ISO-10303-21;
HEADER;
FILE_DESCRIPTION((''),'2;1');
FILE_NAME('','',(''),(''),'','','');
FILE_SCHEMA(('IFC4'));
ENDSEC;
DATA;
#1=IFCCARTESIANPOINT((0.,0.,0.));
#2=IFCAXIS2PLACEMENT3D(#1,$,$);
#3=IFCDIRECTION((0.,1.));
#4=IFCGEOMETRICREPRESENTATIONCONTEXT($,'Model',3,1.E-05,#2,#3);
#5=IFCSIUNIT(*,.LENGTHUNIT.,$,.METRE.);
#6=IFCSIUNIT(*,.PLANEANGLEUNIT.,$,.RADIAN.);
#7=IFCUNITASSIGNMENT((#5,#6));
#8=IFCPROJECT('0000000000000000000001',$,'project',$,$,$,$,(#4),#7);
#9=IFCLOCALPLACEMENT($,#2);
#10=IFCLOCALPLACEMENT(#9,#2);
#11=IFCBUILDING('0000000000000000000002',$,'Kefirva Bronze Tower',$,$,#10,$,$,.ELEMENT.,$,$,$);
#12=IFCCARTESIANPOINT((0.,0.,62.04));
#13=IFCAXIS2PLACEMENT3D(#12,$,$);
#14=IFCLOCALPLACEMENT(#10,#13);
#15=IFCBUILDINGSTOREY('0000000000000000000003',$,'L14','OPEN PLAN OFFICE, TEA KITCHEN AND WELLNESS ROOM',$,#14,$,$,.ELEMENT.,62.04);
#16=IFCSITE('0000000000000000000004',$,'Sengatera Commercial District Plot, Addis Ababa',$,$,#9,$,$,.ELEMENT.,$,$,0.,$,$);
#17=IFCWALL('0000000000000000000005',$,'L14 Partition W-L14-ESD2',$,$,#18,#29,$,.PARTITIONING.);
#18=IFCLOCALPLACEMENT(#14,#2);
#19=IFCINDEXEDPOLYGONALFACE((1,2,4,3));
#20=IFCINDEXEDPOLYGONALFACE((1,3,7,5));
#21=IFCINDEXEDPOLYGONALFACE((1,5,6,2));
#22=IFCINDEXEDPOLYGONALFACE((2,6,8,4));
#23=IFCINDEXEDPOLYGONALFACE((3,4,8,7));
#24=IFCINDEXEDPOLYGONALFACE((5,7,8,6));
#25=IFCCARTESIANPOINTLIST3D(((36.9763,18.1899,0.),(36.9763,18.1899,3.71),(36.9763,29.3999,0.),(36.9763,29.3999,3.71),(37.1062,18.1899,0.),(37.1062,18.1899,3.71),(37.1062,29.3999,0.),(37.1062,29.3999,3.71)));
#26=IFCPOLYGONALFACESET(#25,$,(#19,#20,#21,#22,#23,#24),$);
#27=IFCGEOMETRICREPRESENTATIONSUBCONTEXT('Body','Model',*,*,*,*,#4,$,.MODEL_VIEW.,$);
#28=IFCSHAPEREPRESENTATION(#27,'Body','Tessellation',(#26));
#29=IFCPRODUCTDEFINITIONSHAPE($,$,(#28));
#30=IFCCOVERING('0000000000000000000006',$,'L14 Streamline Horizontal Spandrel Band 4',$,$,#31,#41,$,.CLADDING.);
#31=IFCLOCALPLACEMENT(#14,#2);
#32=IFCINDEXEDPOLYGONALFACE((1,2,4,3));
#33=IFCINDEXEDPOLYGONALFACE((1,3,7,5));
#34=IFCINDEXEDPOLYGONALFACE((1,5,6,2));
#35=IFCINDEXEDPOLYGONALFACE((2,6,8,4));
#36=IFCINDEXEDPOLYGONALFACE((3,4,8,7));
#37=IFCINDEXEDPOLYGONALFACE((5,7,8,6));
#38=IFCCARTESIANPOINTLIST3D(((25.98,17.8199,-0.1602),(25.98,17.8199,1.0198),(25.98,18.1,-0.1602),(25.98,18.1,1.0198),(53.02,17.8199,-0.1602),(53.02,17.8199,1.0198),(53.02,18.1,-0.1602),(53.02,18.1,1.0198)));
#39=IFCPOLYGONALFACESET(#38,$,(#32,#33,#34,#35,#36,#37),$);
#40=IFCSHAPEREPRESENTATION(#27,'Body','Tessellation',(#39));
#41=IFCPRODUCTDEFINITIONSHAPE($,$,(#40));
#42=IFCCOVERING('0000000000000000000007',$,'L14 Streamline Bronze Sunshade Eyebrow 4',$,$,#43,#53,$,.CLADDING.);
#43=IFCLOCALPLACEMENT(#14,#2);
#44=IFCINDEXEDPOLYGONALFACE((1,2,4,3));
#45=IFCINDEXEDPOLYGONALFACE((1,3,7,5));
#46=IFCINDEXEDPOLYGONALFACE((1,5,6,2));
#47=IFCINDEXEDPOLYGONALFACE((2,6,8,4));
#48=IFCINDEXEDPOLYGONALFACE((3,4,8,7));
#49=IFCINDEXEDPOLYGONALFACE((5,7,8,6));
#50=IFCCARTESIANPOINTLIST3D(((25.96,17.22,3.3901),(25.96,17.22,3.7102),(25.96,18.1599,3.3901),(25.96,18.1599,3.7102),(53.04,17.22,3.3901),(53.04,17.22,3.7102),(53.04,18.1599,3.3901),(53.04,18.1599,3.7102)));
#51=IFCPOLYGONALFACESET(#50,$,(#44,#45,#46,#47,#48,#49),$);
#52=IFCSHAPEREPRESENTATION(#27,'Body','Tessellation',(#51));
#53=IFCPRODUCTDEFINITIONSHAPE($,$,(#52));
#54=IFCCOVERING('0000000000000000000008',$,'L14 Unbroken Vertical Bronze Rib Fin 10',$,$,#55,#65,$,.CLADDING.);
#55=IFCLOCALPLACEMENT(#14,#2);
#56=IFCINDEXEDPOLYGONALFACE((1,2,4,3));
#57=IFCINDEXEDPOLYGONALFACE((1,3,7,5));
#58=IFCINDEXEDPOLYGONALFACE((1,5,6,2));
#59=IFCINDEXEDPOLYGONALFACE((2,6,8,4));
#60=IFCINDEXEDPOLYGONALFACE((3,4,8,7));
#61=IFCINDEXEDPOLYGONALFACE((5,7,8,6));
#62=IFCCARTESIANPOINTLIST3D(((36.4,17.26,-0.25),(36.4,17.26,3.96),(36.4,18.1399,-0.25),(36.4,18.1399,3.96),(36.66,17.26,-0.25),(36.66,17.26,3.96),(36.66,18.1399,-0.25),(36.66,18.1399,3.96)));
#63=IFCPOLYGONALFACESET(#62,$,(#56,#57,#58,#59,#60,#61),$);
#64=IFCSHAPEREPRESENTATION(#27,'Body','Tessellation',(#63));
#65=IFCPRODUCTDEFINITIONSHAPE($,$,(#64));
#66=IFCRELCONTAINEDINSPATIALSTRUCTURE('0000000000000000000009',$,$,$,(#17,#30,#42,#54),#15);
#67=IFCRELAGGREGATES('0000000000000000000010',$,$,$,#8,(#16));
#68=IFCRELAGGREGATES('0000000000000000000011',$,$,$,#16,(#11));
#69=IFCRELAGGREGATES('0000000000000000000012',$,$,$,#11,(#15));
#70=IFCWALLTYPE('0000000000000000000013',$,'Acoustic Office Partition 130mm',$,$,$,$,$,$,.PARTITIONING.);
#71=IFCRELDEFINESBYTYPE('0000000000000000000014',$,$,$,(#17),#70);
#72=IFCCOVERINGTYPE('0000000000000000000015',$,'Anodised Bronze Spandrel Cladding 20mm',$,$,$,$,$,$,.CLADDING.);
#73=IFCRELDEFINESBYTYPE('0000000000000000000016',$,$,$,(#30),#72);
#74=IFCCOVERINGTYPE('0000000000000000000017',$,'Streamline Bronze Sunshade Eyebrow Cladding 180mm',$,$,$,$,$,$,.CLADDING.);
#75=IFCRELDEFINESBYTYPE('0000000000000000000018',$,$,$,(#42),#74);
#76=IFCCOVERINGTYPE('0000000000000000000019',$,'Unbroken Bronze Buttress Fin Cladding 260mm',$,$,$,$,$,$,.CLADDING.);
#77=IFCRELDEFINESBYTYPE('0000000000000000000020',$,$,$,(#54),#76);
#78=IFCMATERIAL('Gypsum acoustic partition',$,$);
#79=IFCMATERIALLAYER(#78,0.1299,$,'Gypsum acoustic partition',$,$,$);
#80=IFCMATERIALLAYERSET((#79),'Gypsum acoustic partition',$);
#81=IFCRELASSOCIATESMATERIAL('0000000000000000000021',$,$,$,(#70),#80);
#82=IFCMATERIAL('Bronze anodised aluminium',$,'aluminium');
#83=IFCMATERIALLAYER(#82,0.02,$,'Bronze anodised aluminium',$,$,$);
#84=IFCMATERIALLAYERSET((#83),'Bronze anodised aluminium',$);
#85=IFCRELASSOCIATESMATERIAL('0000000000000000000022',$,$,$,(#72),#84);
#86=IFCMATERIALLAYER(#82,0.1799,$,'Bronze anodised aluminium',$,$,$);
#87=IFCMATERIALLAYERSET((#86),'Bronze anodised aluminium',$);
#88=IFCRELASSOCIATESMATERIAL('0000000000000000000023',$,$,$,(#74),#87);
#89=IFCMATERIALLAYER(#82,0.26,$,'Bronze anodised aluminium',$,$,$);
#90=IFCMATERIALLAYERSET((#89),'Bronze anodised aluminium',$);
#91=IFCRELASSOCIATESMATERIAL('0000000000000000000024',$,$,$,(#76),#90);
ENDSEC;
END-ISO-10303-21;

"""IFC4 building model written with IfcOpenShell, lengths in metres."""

from ifc_helpers import new_model, si_unit, direction, frame, frame_2d, origin, origin_2d, place, context, subcontext, project, spatial, rectangle, extrude, material, layer, layer_set, type_object, element, save


model = new_model("IFC4")

# Units and contexts
model_context = context("Model", 3, precision=1e-05, world=origin(), true_north=direction((0.0, 1.0)))
body_context = subcontext(model_context, "Body", "Model", "MODEL_VIEW")
ifc_project = project(units=[si_unit("LENGTHUNIT", "METRE"), si_unit("PLANEANGLEUNIT", "RADIAN")], contexts=[model_context])

# Site, building, storey
site_placement = place(None, origin())
site = spatial("IfcSite", under=ifc_project, at=site_placement, Name="Sengatera Commercial District Plot, Addis Ababa", CompositionType="ELEMENT", RefElevation=0.0)
building_placement = place(site_placement, origin())
building = spatial("IfcBuilding", under=site, at=building_placement, Name="Kefirva Bronze Tower", CompositionType="ELEMENT")
storey_placement = place(building_placement, frame((0.0, 0.0, 62.04)))
storey = spatial("IfcBuildingStorey", under=building, at=storey_placement, Name="L14", Description="OPEN PLAN OFFICE, TEA KITCHEN AND WELLNESS ROOM", CompositionType="ELEMENT", Elevation=62.04)

# Shared definitions
ifc_material_1 = material(Name="Bronze anodised aluminium", Category="aluminium")

# Wall
ifc_material_2 = material(Name="Gypsum acoustic partition")
ifc_layer_1 = layer(ifc_material_2, 0.1299, Name="Gypsum acoustic partition")
ifc_layer_set_1 = layer_set([ifc_layer_1], Name="Gypsum acoustic partition")
wall_type = type_object("IfcWallType", Name="Acoustic Office Partition 130mm", PredefinedType="PARTITIONING", material=ifc_layer_set_1)
wall_placement = place(storey_placement, frame((37.0413, 18.1899, 0.0), z_axis=(0.0, 0.0, 1.0), x_axis=(0.0, 1.0, 0.0)))
element("IfcWall", 1, at=wall_placement, inside=storey, type_object=wall_type, Name="L14 Partition W-L14-ESD2", PredefinedType="PARTITIONING", context=body_context, shape_type="SweptSolid", body=[
    extrude(rectangle(XDim=11.21, YDim=0.1299, at=frame_2d((5.605, 0.0))), origin(), (0.0, 0.0, 1.0), 3.71),
])

# Coverings
ifc_layer_2 = layer(ifc_material_1, 0.02, Name="Bronze anodised aluminium")
ifc_layer_set_2 = layer_set([ifc_layer_2], Name="Bronze anodised aluminium")
covering_type_1 = type_object("IfcCoveringType", Name="Anodised Bronze Spandrel Cladding 20mm", PredefinedType="CLADDING", material=ifc_layer_set_2)
covering_1_placement = place(storey_placement, frame((39.5, 17.96, -0.1602), z_axis=(0.0, 0.0, 1.0), x_axis=(1.0, 0.0, 0.0)))
element("IfcCovering", 2, at=covering_1_placement, inside=storey, type_object=covering_type_1, Name="L14 Streamline Horizontal Spandrel Band 4", PredefinedType="CLADDING", context=body_context, shape_type="SweptSolid", body=[
    extrude(rectangle(XDim=27.04, YDim=0.28, at=origin_2d()), origin(), (0.0, 0.0, 1.0), 1.1799),
])
ifc_layer_3 = layer(ifc_material_1, 0.1799, Name="Bronze anodised aluminium")
ifc_layer_set_3 = layer_set([ifc_layer_3], Name="Bronze anodised aluminium")
covering_type_2 = type_object("IfcCoveringType", Name="Streamline Bronze Sunshade Eyebrow Cladding 180mm", PredefinedType="CLADDING", material=ifc_layer_set_3)
covering_2_placement = place(storey_placement, frame((39.5, 17.6899, 3.3901), z_axis=(0.0, 0.0, 1.0), x_axis=(1.0, 0.0, 0.0)))
element("IfcCovering", 3, at=covering_2_placement, inside=storey, type_object=covering_type_2, Name="L14 Streamline Bronze Sunshade Eyebrow 4", PredefinedType="CLADDING", context=body_context, shape_type="SweptSolid", body=[
    extrude(rectangle(XDim=27.0801, YDim=0.9399, at=origin_2d()), origin(), (0.0, 0.0, 1.0), 0.3201),
])
ifc_layer_4 = layer(ifc_material_1, 0.26, Name="Bronze anodised aluminium")
ifc_layer_set_4 = layer_set([ifc_layer_4], Name="Bronze anodised aluminium")
covering_type_3 = type_object("IfcCoveringType", Name="Unbroken Bronze Buttress Fin Cladding 260mm", PredefinedType="CLADDING", material=ifc_layer_set_4)
covering_3_placement = place(storey_placement, frame((36.53, 17.7, -0.25), z_axis=(0.0, 0.0, 1.0), x_axis=(1.0, 0.0, 0.0)))
element("IfcCovering", 4, at=covering_3_placement, inside=storey, type_object=covering_type_3, Name="L14 Unbroken Vertical Bronze Rib Fin 10", PredefinedType="CLADDING", context=body_context, shape_type="SweptSolid", body=[
    extrude(rectangle(XDim=0.26, YDim=0.8799, at=origin_2d()), origin(), (0.0, 0.0, 1.0), 4.21),
])

save(model, "model.ifc")
